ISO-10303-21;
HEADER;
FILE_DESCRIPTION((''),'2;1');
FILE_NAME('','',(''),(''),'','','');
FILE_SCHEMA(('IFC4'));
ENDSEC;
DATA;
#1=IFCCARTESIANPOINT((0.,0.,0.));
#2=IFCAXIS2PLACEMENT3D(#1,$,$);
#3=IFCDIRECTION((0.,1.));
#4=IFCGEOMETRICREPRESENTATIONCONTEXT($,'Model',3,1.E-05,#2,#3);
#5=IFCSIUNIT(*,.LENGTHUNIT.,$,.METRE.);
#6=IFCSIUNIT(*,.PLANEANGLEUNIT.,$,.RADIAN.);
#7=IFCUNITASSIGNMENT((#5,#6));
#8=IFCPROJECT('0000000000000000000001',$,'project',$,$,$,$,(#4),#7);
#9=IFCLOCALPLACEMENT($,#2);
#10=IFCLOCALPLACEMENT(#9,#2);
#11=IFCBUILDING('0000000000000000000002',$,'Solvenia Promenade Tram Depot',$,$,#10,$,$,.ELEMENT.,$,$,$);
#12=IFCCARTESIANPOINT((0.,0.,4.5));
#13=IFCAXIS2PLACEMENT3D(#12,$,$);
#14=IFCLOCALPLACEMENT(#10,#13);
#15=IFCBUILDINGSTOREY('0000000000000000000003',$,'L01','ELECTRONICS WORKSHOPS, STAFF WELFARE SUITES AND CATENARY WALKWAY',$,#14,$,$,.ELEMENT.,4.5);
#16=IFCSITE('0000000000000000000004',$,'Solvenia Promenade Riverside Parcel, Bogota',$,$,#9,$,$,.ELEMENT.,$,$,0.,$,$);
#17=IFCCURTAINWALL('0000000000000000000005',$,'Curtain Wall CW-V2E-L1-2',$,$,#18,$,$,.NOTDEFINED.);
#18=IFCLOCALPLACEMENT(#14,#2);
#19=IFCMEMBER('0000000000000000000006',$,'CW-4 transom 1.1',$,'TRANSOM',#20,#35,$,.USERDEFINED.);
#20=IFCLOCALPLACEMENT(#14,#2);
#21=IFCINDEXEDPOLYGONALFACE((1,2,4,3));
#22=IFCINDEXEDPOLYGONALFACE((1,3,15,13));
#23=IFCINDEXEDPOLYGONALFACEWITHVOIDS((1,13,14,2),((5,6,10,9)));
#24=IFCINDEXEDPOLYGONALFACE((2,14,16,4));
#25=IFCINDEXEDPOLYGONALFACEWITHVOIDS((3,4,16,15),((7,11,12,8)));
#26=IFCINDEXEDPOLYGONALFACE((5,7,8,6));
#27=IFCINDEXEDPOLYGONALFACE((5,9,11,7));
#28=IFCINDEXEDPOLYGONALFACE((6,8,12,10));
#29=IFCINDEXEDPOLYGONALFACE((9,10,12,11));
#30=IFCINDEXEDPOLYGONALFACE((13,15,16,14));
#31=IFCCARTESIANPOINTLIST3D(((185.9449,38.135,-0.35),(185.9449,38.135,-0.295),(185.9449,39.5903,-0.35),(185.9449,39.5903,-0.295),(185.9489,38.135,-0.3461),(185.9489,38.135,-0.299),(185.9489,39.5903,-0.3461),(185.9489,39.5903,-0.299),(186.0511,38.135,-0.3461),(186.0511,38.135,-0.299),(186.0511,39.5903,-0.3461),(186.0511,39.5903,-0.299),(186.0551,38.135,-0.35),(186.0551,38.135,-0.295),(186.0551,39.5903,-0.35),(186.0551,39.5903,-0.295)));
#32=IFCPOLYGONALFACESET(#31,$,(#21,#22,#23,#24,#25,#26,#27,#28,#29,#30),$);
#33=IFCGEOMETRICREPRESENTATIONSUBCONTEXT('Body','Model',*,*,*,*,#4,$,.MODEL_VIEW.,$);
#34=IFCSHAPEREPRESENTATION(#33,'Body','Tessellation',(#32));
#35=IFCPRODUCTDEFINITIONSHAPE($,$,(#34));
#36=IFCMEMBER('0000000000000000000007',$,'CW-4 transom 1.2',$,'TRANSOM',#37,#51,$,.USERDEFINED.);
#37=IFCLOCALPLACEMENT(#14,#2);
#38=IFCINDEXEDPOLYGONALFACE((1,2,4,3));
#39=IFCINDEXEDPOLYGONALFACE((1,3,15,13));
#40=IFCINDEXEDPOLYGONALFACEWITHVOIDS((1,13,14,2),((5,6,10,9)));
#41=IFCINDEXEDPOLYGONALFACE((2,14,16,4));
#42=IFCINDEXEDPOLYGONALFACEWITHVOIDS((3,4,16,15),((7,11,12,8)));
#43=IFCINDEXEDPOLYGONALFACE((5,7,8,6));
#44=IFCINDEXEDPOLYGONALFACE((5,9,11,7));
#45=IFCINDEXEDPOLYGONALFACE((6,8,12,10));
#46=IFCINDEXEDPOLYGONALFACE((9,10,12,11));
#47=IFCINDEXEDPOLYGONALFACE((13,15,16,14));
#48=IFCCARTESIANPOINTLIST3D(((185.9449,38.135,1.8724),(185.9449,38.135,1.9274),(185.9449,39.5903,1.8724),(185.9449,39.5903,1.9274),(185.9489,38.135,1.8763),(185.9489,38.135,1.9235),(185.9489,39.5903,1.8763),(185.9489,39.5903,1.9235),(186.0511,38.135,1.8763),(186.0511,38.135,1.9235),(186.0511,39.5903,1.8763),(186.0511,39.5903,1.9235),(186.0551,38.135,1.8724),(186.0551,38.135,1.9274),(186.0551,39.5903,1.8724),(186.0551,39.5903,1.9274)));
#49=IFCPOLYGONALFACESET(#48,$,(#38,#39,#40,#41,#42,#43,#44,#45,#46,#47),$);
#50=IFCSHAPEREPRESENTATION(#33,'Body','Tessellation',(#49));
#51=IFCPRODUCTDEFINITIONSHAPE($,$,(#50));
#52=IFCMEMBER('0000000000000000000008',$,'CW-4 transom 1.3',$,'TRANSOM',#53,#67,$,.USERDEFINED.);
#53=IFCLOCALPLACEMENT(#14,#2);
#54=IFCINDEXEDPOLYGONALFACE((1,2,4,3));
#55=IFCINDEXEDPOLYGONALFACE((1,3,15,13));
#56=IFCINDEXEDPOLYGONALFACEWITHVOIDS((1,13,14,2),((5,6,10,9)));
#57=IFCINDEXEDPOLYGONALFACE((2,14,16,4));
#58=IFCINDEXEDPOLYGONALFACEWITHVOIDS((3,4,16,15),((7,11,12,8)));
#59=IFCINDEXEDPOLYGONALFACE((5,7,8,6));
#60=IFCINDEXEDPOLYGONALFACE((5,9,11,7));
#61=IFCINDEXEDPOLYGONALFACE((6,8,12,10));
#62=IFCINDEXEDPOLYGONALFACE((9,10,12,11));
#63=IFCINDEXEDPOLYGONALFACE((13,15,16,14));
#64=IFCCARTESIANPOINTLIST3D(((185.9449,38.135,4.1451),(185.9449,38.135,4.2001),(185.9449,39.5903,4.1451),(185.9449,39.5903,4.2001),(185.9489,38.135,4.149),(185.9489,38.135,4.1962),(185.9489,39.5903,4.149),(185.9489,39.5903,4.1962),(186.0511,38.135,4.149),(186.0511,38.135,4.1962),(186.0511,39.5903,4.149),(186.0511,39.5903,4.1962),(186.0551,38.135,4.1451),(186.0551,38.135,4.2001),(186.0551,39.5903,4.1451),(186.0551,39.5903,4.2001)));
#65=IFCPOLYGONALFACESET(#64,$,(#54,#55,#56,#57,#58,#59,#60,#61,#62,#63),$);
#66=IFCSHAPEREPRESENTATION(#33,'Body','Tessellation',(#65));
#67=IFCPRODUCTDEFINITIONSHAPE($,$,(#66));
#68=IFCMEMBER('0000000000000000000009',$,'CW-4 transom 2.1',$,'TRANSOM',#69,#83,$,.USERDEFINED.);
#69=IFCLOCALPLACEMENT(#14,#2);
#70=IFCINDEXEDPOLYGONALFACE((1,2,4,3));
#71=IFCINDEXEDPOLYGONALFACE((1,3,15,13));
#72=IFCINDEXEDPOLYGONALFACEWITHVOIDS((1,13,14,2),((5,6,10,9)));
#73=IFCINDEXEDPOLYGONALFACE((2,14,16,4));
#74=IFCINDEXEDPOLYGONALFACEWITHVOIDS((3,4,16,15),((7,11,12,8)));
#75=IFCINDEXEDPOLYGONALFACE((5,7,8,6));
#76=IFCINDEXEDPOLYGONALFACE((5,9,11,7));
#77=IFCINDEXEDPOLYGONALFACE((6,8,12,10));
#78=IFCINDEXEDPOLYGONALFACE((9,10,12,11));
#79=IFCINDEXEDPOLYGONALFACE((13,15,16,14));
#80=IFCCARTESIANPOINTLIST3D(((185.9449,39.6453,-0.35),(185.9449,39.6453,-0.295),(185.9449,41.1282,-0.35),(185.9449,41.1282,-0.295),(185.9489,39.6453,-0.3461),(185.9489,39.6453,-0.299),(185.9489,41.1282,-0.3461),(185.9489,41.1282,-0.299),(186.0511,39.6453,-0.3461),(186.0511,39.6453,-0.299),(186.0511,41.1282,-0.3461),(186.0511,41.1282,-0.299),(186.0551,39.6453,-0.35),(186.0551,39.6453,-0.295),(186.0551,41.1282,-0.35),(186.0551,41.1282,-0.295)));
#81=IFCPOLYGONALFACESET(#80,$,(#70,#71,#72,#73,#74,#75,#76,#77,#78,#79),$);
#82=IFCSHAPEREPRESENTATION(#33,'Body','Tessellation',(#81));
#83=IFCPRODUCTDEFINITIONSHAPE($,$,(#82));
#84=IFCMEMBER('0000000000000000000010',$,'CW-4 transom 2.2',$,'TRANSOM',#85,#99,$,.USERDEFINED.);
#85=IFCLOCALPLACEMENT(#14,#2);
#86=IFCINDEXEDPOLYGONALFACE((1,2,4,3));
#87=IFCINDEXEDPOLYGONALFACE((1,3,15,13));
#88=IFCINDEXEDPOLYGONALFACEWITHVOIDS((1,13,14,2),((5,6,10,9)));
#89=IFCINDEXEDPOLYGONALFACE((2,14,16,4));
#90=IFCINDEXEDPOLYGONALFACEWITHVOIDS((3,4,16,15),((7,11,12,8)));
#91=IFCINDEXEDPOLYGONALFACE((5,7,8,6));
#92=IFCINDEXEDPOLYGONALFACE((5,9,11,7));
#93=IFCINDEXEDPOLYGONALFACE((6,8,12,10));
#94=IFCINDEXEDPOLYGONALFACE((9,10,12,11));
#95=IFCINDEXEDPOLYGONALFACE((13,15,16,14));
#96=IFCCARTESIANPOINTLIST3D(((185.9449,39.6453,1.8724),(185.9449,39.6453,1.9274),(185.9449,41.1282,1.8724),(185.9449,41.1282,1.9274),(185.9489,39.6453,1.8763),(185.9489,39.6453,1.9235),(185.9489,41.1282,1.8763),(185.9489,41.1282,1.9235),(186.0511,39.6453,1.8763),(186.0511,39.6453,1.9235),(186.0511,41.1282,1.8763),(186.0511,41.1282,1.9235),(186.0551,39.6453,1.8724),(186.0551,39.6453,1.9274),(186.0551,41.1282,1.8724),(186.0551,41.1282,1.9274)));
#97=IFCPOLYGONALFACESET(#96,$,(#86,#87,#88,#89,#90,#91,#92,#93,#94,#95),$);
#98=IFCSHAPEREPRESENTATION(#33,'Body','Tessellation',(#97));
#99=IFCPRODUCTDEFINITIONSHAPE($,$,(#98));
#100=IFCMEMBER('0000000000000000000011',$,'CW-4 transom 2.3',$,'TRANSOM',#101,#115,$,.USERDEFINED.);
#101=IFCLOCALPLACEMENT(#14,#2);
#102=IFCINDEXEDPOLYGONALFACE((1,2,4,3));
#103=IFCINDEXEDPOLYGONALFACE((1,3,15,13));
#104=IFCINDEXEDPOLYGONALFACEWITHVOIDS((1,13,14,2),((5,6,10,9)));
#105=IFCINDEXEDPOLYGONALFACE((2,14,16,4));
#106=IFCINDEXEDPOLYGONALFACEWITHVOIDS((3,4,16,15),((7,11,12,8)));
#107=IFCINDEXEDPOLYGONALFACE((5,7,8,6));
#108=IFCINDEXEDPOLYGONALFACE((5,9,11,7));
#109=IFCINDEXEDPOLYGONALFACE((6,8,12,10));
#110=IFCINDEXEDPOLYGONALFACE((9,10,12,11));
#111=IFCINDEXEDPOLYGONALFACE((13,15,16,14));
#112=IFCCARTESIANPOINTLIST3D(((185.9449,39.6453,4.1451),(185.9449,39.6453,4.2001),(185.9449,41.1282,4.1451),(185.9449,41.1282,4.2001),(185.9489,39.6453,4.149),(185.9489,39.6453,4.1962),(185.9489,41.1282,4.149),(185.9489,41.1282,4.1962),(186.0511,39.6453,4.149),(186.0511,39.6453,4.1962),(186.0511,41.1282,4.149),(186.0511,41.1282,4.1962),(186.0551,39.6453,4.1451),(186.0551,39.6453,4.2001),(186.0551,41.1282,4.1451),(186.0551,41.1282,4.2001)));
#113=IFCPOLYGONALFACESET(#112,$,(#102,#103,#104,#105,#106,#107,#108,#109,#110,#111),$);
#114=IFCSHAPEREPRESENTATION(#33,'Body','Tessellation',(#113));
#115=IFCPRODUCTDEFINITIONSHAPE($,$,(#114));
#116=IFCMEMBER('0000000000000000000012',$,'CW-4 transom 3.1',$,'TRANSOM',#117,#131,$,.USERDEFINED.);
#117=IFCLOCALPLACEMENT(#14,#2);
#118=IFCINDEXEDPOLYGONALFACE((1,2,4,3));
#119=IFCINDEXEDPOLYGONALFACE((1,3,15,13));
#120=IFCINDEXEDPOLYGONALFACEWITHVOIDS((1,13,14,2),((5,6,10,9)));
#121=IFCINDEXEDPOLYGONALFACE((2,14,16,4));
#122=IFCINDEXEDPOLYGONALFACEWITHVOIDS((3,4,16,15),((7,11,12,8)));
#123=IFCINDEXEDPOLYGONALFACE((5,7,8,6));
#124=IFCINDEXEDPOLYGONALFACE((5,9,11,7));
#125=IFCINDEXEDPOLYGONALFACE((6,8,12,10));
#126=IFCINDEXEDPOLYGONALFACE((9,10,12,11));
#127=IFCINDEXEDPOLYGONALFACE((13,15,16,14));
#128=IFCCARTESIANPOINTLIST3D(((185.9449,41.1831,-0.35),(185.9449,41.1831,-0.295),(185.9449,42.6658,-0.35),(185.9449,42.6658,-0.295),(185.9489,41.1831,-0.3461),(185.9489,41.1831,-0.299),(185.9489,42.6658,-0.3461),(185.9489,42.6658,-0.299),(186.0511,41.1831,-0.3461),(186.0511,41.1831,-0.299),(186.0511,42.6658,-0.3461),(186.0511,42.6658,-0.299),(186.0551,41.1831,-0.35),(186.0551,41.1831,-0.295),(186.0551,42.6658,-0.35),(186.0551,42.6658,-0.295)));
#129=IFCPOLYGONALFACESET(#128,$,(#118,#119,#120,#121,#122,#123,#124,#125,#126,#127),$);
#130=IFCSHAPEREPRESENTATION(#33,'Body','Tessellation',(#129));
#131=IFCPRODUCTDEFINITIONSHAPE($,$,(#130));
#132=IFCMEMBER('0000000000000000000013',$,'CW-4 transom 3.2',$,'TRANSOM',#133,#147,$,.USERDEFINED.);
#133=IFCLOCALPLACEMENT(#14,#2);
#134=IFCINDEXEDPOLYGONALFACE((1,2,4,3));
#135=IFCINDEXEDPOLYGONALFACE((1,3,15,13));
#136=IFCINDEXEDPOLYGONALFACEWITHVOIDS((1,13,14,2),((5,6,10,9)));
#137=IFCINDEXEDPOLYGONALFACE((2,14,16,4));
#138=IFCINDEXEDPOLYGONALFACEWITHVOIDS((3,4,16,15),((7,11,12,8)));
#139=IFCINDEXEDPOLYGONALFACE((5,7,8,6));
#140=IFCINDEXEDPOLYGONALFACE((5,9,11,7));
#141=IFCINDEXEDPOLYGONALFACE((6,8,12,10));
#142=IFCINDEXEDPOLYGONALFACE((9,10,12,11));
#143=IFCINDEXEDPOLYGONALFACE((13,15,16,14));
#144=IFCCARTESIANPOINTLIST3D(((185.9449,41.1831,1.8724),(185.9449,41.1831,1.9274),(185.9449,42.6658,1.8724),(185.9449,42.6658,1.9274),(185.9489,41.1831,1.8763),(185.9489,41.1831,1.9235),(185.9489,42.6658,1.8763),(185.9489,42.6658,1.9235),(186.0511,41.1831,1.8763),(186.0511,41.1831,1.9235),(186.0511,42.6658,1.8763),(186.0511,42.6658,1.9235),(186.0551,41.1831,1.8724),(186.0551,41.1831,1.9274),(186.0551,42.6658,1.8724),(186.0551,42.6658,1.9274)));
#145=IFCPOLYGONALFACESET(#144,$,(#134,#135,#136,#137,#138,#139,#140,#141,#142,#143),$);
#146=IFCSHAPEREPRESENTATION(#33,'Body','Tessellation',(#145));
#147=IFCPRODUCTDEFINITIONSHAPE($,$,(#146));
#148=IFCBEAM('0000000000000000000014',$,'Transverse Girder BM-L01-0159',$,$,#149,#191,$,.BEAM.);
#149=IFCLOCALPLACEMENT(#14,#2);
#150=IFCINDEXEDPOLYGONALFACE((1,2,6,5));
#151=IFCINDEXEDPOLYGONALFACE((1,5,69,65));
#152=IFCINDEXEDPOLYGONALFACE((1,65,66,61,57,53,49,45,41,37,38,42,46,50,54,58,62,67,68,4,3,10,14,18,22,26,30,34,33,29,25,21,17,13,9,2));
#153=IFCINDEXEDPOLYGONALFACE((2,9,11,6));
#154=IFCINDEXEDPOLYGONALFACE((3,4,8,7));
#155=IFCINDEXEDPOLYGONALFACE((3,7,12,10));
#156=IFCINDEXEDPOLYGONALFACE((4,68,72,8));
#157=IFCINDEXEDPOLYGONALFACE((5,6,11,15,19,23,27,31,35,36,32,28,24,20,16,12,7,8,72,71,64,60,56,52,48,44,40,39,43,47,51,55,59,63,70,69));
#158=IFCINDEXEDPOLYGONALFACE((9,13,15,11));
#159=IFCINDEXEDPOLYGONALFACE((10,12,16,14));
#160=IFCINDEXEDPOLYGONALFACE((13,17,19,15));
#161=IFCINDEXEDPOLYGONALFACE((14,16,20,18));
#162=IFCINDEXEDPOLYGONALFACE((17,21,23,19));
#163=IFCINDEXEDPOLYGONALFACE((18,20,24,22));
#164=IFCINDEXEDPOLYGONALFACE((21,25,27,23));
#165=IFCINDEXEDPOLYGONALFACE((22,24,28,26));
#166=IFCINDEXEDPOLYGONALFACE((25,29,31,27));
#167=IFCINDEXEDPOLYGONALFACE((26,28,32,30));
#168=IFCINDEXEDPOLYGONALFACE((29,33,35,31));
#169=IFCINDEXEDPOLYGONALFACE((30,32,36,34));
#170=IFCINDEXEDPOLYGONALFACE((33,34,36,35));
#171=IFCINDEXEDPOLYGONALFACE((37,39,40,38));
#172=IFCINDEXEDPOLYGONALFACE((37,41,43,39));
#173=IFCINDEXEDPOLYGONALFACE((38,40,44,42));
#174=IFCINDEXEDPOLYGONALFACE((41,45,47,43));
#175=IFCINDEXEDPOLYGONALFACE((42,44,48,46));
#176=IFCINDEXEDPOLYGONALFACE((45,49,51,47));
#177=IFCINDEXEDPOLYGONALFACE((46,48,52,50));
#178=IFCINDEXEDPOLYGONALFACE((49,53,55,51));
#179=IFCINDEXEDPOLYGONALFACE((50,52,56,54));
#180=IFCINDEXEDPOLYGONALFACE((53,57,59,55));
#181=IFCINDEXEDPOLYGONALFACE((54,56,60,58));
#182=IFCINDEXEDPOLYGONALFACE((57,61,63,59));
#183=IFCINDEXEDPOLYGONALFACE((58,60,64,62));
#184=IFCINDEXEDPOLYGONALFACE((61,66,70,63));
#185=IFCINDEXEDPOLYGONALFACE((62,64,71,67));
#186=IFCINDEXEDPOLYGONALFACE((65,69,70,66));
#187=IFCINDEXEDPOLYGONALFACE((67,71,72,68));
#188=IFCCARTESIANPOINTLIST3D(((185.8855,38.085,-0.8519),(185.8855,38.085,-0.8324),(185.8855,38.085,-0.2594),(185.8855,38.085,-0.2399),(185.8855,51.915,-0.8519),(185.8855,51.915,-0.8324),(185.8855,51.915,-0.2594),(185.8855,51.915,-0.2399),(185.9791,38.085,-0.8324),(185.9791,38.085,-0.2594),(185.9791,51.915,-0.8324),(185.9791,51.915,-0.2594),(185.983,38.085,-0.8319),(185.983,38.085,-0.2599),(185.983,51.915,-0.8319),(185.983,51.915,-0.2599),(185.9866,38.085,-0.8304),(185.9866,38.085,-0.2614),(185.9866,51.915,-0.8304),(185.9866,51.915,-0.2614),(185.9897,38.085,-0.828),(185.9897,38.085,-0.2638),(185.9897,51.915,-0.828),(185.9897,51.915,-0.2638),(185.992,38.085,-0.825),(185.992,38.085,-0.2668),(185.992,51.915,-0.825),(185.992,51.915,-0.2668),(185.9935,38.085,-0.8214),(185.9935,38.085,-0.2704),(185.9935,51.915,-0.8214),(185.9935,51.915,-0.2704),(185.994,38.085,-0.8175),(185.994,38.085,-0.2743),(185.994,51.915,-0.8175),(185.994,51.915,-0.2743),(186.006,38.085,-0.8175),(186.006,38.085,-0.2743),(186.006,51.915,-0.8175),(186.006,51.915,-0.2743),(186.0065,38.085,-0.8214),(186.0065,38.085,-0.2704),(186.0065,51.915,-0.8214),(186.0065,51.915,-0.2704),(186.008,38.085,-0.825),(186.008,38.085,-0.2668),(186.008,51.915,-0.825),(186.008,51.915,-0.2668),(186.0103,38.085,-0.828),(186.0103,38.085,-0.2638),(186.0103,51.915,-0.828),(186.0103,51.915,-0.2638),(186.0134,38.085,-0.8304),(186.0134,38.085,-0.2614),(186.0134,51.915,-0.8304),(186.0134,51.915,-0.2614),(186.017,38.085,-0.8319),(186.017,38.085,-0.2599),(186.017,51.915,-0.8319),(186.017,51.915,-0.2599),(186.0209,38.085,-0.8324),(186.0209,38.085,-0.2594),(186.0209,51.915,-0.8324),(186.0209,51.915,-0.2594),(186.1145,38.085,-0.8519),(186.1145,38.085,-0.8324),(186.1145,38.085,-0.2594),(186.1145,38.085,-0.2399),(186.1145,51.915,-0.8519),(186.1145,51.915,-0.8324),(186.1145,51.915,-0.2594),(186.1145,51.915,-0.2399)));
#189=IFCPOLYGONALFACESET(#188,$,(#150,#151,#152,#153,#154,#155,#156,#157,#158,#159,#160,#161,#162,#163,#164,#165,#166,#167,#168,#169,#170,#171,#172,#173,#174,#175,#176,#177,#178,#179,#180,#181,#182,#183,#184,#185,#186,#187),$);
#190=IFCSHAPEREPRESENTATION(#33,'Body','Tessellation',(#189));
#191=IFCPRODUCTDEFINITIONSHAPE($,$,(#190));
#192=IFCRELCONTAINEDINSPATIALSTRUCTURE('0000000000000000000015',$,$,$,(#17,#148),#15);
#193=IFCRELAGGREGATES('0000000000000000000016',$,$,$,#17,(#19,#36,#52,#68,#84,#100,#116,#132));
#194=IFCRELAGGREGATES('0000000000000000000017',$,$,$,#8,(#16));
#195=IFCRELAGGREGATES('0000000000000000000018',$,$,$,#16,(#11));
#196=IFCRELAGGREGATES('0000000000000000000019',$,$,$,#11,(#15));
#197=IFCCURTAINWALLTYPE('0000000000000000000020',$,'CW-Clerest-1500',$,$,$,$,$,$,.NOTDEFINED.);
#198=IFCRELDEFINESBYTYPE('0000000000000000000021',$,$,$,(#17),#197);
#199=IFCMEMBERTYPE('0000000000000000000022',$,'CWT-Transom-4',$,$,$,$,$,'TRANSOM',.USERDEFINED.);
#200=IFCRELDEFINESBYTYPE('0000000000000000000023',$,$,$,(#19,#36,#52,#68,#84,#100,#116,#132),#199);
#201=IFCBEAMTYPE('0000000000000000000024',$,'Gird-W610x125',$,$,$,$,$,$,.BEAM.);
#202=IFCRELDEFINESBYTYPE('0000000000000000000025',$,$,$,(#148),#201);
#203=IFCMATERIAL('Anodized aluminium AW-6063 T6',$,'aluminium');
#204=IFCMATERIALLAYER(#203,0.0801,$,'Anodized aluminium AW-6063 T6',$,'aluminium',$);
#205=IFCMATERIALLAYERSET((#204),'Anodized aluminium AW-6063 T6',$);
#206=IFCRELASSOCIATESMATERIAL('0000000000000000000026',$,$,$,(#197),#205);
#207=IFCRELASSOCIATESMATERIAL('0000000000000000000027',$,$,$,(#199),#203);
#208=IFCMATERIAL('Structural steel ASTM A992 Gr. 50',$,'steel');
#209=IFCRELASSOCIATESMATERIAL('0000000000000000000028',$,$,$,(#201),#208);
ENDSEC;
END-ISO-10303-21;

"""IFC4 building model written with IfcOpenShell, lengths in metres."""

from ifc_helpers import new_model, si_unit, direction, frame, origin, origin_2d, place, context, subcontext, project, spatial, hollow_rectangle, i_section, extrude, material, layer, layer_set, material_profile, profile_set, type_object, element, aggregate, save


model = new_model("IFC4")

# Units and contexts
model_context = context("Model", 3, precision=1e-05, world=origin(), true_north=direction((0.0, 1.0)))
body_context = subcontext(model_context, "Body", "Model", "MODEL_VIEW")
ifc_project = project(units=[si_unit("LENGTHUNIT", "METRE"), si_unit("PLANEANGLEUNIT", "RADIAN")], contexts=[model_context])

# Site, building, storey
site_placement = place(None, origin())
site = spatial("IfcSite", under=ifc_project, at=site_placement, Name="Solvenia Promenade Riverside Parcel, Bogota", CompositionType="ELEMENT", RefElevation=0.0)
building_placement = place(site_placement, origin())
building = spatial("IfcBuilding", under=site, at=building_placement, Name="Solvenia Promenade Tram Depot", CompositionType="ELEMENT")
storey_placement = place(building_placement, frame((0.0, 0.0, 4.5)))
storey = spatial("IfcBuildingStorey", under=building, at=storey_placement, Name="L01", Description="ELECTRONICS WORKSHOPS, STAFF WELFARE SUITES AND CATENARY WALKWAY", CompositionType="ELEMENT", Elevation=4.5)

# Shared definitions
ifc_material_1 = material(Name="Structural steel ASTM A992 Gr. 50", Category="steel")

# Curtain wall
ifc_material_2 = material(Name="Anodized aluminium AW-6063 T6", Category="aluminium")
ifc_layer_1 = layer(ifc_material_2, 0.0801, Name="Anodized aluminium AW-6063 T6", Category="aluminium")
ifc_layer_set_1 = layer_set([ifc_layer_1], Name="Anodized aluminium AW-6063 T6")
curtain_wall_type = type_object("IfcCurtainWallType", Name="CW-Clerest-1500", PredefinedType="NOTDEFINED", material=ifc_layer_set_1)
curtain_wall_1_placement = place(storey_placement, origin())
curtain_wall_1 = element("IfcCurtainWall", 1, at=curtain_wall_1_placement, inside=storey, type_object=curtain_wall_type, Name="Curtain Wall CW-V2E-L1-2", PredefinedType="NOTDEFINED")

# Members
ifc_material_profile_1 = material_profile(ifc_material_2, hollow_rectangle(XDim=0.1101, YDim=0.0549, WallThickness=0.0039, at=origin_2d()), Name="ALU-T4", Category="aluminium")
ifc_profile_set_1 = profile_set([ifc_material_profile_1], Name="Anodized aluminium AW-6063 T6")
member_type_1 = type_object("IfcMemberType", Name="CWT-Transom-4", ElementType="TRANSOM", PredefinedType="USERDEFINED", material=ifc_profile_set_1)
member_1_placement = place(storey_placement, frame((186.0, 38.135, -0.3225), z_axis=(0.0, 1.0, 0.0), x_axis=(-1.0, 0.0, 0.0)))
member_1 = element("IfcMember", 2, at=member_1_placement, type_object=member_type_1, Name="CW-4 transom 1.1", ObjectType="TRANSOM", PredefinedType="USERDEFINED", context=body_context, shape_type="SweptSolid", body=[
    extrude(hollow_rectangle(XDim=0.1101, YDim=0.0549, WallThickness=0.0039, at=origin_2d()), origin(), (0.0, 0.0, 1.0), 1.4553),
])
member_2_placement = place(storey_placement, frame((186.0, 38.135, 1.8999), z_axis=(0.0, 1.0, 0.0), x_axis=(-1.0, 0.0, 0.0)))
member_2 = element("IfcMember", 3, at=member_2_placement, type_object=member_type_1, Name="CW-4 transom 1.2", ObjectType="TRANSOM", PredefinedType="USERDEFINED", context=body_context, shape_type="SweptSolid", body=[
    extrude(hollow_rectangle(XDim=0.1101, YDim=0.0549, WallThickness=0.0039, at=origin_2d()), origin(), (0.0, 0.0, 1.0), 1.4553),
])
member_3_placement = place(storey_placement, frame((186.0, 38.135, 4.1726), z_axis=(0.0, 1.0, 0.0), x_axis=(-1.0, 0.0, 0.0)))
member_3 = element("IfcMember", 4, at=member_3_placement, type_object=member_type_1, Name="CW-4 transom 1.3", ObjectType="TRANSOM", PredefinedType="USERDEFINED", context=body_context, shape_type="SweptSolid", body=[
    extrude(hollow_rectangle(XDim=0.1101, YDim=0.0549, WallThickness=0.0039, at=origin_2d()), origin(), (0.0, 0.0, 1.0), 1.4553),
])
member_4_placement = place(storey_placement, frame((186.0, 39.6453, -0.3225), z_axis=(0.0, 1.0, 0.0), x_axis=(-1.0, 0.0, 0.0)))
member_4 = element("IfcMember", 5, at=member_4_placement, type_object=member_type_1, Name="CW-4 transom 2.1", ObjectType="TRANSOM", PredefinedType="USERDEFINED", context=body_context, shape_type="SweptSolid", body=[
    extrude(hollow_rectangle(XDim=0.1101, YDim=0.0549, WallThickness=0.0039, at=origin_2d()), origin(), (0.0, 0.0, 1.0), 1.4829),
])
member_5_placement = place(storey_placement, frame((186.0, 39.6453, 1.8999), z_axis=(0.0, 1.0, 0.0), x_axis=(-1.0, 0.0, 0.0)))
member_5 = element("IfcMember", 6, at=member_5_placement, type_object=member_type_1, Name="CW-4 transom 2.2", ObjectType="TRANSOM", PredefinedType="USERDEFINED", context=body_context, shape_type="SweptSolid", body=[
    extrude(hollow_rectangle(XDim=0.1101, YDim=0.0549, WallThickness=0.0039, at=origin_2d()), origin(), (0.0, 0.0, 1.0), 1.4829),
])
member_6_placement = place(storey_placement, frame((186.0, 39.6453, 4.1726), z_axis=(0.0, 1.0, 0.0), x_axis=(-1.0, 0.0, 0.0)))
member_6 = element("IfcMember", 7, at=member_6_placement, type_object=member_type_1, Name="CW-4 transom 2.3", ObjectType="TRANSOM", PredefinedType="USERDEFINED", context=body_context, shape_type="SweptSolid", body=[
    extrude(hollow_rectangle(XDim=0.1101, YDim=0.0549, WallThickness=0.0039, at=origin_2d()), origin(), (0.0, 0.0, 1.0), 1.4829),
])
member_7_placement = place(storey_placement, frame((186.0, 41.1831, -0.3225), z_axis=(0.0, 1.0, 0.0), x_axis=(-1.0, 0.0, 0.0)))
member_7 = element("IfcMember", 8, at=member_7_placement, type_object=member_type_1, Name="CW-4 transom 3.1", ObjectType="TRANSOM", PredefinedType="USERDEFINED", context=body_context, shape_type="SweptSolid", body=[
    extrude(hollow_rectangle(XDim=0.1101, YDim=0.0549, WallThickness=0.0039, at=origin_2d()), origin(), (0.0, 0.0, 1.0), 1.4827),
])
member_8_placement = place(storey_placement, frame((186.0, 41.1831, 1.8999), z_axis=(0.0, 1.0, 0.0), x_axis=(-1.0, 0.0, 0.0)))
member_8 = element("IfcMember", 9, at=member_8_placement, type_object=member_type_1, Name="CW-4 transom 3.2", ObjectType="TRANSOM", PredefinedType="USERDEFINED", context=body_context, shape_type="SweptSolid", body=[
    extrude(hollow_rectangle(XDim=0.1101, YDim=0.0549, WallThickness=0.0039, at=origin_2d()), origin(), (0.0, 0.0, 1.0), 1.4827),
])

# Beam
ifc_material_profile_2 = material_profile(ifc_material_1, i_section(OverallWidth=0.229, OverallDepth=0.6121, WebThickness=0.012, FlangeThickness=0.0195, FilletRadius=0.0149, at=origin_2d()), Name="W610x125", Category="steel")
ifc_profile_set_2 = profile_set([ifc_material_profile_2], Name="Structural steel ASTM A992 Gr. 50")
beam_type = type_object("IfcBeamType", Name="Gird-W610x125", PredefinedType="BEAM", material=ifc_profile_set_2)
beam_placement = place(storey_placement, frame((186.0, 38.085, -0.5459), z_axis=(0.0, 1.0, 0.0), x_axis=(-1.0, 0.0, 0.0)))
element("IfcBeam", 10, at=beam_placement, inside=storey, type_object=beam_type, Name="Transverse Girder BM-L01-0159", PredefinedType="BEAM", context=body_context, shape_type="SweptSolid", body=[
    extrude(i_section(OverallWidth=0.229, OverallDepth=0.6121, WebThickness=0.012, FlangeThickness=0.0195, FilletRadius=0.0149, at=origin_2d()), origin(), (0.0, 0.0, 1.0), 13.8301),
])

aggregate(curtain_wall_1, [member_1, member_2, member_3, member_4, member_5, member_6, member_7, member_8])

save(model, "model.ifc")
